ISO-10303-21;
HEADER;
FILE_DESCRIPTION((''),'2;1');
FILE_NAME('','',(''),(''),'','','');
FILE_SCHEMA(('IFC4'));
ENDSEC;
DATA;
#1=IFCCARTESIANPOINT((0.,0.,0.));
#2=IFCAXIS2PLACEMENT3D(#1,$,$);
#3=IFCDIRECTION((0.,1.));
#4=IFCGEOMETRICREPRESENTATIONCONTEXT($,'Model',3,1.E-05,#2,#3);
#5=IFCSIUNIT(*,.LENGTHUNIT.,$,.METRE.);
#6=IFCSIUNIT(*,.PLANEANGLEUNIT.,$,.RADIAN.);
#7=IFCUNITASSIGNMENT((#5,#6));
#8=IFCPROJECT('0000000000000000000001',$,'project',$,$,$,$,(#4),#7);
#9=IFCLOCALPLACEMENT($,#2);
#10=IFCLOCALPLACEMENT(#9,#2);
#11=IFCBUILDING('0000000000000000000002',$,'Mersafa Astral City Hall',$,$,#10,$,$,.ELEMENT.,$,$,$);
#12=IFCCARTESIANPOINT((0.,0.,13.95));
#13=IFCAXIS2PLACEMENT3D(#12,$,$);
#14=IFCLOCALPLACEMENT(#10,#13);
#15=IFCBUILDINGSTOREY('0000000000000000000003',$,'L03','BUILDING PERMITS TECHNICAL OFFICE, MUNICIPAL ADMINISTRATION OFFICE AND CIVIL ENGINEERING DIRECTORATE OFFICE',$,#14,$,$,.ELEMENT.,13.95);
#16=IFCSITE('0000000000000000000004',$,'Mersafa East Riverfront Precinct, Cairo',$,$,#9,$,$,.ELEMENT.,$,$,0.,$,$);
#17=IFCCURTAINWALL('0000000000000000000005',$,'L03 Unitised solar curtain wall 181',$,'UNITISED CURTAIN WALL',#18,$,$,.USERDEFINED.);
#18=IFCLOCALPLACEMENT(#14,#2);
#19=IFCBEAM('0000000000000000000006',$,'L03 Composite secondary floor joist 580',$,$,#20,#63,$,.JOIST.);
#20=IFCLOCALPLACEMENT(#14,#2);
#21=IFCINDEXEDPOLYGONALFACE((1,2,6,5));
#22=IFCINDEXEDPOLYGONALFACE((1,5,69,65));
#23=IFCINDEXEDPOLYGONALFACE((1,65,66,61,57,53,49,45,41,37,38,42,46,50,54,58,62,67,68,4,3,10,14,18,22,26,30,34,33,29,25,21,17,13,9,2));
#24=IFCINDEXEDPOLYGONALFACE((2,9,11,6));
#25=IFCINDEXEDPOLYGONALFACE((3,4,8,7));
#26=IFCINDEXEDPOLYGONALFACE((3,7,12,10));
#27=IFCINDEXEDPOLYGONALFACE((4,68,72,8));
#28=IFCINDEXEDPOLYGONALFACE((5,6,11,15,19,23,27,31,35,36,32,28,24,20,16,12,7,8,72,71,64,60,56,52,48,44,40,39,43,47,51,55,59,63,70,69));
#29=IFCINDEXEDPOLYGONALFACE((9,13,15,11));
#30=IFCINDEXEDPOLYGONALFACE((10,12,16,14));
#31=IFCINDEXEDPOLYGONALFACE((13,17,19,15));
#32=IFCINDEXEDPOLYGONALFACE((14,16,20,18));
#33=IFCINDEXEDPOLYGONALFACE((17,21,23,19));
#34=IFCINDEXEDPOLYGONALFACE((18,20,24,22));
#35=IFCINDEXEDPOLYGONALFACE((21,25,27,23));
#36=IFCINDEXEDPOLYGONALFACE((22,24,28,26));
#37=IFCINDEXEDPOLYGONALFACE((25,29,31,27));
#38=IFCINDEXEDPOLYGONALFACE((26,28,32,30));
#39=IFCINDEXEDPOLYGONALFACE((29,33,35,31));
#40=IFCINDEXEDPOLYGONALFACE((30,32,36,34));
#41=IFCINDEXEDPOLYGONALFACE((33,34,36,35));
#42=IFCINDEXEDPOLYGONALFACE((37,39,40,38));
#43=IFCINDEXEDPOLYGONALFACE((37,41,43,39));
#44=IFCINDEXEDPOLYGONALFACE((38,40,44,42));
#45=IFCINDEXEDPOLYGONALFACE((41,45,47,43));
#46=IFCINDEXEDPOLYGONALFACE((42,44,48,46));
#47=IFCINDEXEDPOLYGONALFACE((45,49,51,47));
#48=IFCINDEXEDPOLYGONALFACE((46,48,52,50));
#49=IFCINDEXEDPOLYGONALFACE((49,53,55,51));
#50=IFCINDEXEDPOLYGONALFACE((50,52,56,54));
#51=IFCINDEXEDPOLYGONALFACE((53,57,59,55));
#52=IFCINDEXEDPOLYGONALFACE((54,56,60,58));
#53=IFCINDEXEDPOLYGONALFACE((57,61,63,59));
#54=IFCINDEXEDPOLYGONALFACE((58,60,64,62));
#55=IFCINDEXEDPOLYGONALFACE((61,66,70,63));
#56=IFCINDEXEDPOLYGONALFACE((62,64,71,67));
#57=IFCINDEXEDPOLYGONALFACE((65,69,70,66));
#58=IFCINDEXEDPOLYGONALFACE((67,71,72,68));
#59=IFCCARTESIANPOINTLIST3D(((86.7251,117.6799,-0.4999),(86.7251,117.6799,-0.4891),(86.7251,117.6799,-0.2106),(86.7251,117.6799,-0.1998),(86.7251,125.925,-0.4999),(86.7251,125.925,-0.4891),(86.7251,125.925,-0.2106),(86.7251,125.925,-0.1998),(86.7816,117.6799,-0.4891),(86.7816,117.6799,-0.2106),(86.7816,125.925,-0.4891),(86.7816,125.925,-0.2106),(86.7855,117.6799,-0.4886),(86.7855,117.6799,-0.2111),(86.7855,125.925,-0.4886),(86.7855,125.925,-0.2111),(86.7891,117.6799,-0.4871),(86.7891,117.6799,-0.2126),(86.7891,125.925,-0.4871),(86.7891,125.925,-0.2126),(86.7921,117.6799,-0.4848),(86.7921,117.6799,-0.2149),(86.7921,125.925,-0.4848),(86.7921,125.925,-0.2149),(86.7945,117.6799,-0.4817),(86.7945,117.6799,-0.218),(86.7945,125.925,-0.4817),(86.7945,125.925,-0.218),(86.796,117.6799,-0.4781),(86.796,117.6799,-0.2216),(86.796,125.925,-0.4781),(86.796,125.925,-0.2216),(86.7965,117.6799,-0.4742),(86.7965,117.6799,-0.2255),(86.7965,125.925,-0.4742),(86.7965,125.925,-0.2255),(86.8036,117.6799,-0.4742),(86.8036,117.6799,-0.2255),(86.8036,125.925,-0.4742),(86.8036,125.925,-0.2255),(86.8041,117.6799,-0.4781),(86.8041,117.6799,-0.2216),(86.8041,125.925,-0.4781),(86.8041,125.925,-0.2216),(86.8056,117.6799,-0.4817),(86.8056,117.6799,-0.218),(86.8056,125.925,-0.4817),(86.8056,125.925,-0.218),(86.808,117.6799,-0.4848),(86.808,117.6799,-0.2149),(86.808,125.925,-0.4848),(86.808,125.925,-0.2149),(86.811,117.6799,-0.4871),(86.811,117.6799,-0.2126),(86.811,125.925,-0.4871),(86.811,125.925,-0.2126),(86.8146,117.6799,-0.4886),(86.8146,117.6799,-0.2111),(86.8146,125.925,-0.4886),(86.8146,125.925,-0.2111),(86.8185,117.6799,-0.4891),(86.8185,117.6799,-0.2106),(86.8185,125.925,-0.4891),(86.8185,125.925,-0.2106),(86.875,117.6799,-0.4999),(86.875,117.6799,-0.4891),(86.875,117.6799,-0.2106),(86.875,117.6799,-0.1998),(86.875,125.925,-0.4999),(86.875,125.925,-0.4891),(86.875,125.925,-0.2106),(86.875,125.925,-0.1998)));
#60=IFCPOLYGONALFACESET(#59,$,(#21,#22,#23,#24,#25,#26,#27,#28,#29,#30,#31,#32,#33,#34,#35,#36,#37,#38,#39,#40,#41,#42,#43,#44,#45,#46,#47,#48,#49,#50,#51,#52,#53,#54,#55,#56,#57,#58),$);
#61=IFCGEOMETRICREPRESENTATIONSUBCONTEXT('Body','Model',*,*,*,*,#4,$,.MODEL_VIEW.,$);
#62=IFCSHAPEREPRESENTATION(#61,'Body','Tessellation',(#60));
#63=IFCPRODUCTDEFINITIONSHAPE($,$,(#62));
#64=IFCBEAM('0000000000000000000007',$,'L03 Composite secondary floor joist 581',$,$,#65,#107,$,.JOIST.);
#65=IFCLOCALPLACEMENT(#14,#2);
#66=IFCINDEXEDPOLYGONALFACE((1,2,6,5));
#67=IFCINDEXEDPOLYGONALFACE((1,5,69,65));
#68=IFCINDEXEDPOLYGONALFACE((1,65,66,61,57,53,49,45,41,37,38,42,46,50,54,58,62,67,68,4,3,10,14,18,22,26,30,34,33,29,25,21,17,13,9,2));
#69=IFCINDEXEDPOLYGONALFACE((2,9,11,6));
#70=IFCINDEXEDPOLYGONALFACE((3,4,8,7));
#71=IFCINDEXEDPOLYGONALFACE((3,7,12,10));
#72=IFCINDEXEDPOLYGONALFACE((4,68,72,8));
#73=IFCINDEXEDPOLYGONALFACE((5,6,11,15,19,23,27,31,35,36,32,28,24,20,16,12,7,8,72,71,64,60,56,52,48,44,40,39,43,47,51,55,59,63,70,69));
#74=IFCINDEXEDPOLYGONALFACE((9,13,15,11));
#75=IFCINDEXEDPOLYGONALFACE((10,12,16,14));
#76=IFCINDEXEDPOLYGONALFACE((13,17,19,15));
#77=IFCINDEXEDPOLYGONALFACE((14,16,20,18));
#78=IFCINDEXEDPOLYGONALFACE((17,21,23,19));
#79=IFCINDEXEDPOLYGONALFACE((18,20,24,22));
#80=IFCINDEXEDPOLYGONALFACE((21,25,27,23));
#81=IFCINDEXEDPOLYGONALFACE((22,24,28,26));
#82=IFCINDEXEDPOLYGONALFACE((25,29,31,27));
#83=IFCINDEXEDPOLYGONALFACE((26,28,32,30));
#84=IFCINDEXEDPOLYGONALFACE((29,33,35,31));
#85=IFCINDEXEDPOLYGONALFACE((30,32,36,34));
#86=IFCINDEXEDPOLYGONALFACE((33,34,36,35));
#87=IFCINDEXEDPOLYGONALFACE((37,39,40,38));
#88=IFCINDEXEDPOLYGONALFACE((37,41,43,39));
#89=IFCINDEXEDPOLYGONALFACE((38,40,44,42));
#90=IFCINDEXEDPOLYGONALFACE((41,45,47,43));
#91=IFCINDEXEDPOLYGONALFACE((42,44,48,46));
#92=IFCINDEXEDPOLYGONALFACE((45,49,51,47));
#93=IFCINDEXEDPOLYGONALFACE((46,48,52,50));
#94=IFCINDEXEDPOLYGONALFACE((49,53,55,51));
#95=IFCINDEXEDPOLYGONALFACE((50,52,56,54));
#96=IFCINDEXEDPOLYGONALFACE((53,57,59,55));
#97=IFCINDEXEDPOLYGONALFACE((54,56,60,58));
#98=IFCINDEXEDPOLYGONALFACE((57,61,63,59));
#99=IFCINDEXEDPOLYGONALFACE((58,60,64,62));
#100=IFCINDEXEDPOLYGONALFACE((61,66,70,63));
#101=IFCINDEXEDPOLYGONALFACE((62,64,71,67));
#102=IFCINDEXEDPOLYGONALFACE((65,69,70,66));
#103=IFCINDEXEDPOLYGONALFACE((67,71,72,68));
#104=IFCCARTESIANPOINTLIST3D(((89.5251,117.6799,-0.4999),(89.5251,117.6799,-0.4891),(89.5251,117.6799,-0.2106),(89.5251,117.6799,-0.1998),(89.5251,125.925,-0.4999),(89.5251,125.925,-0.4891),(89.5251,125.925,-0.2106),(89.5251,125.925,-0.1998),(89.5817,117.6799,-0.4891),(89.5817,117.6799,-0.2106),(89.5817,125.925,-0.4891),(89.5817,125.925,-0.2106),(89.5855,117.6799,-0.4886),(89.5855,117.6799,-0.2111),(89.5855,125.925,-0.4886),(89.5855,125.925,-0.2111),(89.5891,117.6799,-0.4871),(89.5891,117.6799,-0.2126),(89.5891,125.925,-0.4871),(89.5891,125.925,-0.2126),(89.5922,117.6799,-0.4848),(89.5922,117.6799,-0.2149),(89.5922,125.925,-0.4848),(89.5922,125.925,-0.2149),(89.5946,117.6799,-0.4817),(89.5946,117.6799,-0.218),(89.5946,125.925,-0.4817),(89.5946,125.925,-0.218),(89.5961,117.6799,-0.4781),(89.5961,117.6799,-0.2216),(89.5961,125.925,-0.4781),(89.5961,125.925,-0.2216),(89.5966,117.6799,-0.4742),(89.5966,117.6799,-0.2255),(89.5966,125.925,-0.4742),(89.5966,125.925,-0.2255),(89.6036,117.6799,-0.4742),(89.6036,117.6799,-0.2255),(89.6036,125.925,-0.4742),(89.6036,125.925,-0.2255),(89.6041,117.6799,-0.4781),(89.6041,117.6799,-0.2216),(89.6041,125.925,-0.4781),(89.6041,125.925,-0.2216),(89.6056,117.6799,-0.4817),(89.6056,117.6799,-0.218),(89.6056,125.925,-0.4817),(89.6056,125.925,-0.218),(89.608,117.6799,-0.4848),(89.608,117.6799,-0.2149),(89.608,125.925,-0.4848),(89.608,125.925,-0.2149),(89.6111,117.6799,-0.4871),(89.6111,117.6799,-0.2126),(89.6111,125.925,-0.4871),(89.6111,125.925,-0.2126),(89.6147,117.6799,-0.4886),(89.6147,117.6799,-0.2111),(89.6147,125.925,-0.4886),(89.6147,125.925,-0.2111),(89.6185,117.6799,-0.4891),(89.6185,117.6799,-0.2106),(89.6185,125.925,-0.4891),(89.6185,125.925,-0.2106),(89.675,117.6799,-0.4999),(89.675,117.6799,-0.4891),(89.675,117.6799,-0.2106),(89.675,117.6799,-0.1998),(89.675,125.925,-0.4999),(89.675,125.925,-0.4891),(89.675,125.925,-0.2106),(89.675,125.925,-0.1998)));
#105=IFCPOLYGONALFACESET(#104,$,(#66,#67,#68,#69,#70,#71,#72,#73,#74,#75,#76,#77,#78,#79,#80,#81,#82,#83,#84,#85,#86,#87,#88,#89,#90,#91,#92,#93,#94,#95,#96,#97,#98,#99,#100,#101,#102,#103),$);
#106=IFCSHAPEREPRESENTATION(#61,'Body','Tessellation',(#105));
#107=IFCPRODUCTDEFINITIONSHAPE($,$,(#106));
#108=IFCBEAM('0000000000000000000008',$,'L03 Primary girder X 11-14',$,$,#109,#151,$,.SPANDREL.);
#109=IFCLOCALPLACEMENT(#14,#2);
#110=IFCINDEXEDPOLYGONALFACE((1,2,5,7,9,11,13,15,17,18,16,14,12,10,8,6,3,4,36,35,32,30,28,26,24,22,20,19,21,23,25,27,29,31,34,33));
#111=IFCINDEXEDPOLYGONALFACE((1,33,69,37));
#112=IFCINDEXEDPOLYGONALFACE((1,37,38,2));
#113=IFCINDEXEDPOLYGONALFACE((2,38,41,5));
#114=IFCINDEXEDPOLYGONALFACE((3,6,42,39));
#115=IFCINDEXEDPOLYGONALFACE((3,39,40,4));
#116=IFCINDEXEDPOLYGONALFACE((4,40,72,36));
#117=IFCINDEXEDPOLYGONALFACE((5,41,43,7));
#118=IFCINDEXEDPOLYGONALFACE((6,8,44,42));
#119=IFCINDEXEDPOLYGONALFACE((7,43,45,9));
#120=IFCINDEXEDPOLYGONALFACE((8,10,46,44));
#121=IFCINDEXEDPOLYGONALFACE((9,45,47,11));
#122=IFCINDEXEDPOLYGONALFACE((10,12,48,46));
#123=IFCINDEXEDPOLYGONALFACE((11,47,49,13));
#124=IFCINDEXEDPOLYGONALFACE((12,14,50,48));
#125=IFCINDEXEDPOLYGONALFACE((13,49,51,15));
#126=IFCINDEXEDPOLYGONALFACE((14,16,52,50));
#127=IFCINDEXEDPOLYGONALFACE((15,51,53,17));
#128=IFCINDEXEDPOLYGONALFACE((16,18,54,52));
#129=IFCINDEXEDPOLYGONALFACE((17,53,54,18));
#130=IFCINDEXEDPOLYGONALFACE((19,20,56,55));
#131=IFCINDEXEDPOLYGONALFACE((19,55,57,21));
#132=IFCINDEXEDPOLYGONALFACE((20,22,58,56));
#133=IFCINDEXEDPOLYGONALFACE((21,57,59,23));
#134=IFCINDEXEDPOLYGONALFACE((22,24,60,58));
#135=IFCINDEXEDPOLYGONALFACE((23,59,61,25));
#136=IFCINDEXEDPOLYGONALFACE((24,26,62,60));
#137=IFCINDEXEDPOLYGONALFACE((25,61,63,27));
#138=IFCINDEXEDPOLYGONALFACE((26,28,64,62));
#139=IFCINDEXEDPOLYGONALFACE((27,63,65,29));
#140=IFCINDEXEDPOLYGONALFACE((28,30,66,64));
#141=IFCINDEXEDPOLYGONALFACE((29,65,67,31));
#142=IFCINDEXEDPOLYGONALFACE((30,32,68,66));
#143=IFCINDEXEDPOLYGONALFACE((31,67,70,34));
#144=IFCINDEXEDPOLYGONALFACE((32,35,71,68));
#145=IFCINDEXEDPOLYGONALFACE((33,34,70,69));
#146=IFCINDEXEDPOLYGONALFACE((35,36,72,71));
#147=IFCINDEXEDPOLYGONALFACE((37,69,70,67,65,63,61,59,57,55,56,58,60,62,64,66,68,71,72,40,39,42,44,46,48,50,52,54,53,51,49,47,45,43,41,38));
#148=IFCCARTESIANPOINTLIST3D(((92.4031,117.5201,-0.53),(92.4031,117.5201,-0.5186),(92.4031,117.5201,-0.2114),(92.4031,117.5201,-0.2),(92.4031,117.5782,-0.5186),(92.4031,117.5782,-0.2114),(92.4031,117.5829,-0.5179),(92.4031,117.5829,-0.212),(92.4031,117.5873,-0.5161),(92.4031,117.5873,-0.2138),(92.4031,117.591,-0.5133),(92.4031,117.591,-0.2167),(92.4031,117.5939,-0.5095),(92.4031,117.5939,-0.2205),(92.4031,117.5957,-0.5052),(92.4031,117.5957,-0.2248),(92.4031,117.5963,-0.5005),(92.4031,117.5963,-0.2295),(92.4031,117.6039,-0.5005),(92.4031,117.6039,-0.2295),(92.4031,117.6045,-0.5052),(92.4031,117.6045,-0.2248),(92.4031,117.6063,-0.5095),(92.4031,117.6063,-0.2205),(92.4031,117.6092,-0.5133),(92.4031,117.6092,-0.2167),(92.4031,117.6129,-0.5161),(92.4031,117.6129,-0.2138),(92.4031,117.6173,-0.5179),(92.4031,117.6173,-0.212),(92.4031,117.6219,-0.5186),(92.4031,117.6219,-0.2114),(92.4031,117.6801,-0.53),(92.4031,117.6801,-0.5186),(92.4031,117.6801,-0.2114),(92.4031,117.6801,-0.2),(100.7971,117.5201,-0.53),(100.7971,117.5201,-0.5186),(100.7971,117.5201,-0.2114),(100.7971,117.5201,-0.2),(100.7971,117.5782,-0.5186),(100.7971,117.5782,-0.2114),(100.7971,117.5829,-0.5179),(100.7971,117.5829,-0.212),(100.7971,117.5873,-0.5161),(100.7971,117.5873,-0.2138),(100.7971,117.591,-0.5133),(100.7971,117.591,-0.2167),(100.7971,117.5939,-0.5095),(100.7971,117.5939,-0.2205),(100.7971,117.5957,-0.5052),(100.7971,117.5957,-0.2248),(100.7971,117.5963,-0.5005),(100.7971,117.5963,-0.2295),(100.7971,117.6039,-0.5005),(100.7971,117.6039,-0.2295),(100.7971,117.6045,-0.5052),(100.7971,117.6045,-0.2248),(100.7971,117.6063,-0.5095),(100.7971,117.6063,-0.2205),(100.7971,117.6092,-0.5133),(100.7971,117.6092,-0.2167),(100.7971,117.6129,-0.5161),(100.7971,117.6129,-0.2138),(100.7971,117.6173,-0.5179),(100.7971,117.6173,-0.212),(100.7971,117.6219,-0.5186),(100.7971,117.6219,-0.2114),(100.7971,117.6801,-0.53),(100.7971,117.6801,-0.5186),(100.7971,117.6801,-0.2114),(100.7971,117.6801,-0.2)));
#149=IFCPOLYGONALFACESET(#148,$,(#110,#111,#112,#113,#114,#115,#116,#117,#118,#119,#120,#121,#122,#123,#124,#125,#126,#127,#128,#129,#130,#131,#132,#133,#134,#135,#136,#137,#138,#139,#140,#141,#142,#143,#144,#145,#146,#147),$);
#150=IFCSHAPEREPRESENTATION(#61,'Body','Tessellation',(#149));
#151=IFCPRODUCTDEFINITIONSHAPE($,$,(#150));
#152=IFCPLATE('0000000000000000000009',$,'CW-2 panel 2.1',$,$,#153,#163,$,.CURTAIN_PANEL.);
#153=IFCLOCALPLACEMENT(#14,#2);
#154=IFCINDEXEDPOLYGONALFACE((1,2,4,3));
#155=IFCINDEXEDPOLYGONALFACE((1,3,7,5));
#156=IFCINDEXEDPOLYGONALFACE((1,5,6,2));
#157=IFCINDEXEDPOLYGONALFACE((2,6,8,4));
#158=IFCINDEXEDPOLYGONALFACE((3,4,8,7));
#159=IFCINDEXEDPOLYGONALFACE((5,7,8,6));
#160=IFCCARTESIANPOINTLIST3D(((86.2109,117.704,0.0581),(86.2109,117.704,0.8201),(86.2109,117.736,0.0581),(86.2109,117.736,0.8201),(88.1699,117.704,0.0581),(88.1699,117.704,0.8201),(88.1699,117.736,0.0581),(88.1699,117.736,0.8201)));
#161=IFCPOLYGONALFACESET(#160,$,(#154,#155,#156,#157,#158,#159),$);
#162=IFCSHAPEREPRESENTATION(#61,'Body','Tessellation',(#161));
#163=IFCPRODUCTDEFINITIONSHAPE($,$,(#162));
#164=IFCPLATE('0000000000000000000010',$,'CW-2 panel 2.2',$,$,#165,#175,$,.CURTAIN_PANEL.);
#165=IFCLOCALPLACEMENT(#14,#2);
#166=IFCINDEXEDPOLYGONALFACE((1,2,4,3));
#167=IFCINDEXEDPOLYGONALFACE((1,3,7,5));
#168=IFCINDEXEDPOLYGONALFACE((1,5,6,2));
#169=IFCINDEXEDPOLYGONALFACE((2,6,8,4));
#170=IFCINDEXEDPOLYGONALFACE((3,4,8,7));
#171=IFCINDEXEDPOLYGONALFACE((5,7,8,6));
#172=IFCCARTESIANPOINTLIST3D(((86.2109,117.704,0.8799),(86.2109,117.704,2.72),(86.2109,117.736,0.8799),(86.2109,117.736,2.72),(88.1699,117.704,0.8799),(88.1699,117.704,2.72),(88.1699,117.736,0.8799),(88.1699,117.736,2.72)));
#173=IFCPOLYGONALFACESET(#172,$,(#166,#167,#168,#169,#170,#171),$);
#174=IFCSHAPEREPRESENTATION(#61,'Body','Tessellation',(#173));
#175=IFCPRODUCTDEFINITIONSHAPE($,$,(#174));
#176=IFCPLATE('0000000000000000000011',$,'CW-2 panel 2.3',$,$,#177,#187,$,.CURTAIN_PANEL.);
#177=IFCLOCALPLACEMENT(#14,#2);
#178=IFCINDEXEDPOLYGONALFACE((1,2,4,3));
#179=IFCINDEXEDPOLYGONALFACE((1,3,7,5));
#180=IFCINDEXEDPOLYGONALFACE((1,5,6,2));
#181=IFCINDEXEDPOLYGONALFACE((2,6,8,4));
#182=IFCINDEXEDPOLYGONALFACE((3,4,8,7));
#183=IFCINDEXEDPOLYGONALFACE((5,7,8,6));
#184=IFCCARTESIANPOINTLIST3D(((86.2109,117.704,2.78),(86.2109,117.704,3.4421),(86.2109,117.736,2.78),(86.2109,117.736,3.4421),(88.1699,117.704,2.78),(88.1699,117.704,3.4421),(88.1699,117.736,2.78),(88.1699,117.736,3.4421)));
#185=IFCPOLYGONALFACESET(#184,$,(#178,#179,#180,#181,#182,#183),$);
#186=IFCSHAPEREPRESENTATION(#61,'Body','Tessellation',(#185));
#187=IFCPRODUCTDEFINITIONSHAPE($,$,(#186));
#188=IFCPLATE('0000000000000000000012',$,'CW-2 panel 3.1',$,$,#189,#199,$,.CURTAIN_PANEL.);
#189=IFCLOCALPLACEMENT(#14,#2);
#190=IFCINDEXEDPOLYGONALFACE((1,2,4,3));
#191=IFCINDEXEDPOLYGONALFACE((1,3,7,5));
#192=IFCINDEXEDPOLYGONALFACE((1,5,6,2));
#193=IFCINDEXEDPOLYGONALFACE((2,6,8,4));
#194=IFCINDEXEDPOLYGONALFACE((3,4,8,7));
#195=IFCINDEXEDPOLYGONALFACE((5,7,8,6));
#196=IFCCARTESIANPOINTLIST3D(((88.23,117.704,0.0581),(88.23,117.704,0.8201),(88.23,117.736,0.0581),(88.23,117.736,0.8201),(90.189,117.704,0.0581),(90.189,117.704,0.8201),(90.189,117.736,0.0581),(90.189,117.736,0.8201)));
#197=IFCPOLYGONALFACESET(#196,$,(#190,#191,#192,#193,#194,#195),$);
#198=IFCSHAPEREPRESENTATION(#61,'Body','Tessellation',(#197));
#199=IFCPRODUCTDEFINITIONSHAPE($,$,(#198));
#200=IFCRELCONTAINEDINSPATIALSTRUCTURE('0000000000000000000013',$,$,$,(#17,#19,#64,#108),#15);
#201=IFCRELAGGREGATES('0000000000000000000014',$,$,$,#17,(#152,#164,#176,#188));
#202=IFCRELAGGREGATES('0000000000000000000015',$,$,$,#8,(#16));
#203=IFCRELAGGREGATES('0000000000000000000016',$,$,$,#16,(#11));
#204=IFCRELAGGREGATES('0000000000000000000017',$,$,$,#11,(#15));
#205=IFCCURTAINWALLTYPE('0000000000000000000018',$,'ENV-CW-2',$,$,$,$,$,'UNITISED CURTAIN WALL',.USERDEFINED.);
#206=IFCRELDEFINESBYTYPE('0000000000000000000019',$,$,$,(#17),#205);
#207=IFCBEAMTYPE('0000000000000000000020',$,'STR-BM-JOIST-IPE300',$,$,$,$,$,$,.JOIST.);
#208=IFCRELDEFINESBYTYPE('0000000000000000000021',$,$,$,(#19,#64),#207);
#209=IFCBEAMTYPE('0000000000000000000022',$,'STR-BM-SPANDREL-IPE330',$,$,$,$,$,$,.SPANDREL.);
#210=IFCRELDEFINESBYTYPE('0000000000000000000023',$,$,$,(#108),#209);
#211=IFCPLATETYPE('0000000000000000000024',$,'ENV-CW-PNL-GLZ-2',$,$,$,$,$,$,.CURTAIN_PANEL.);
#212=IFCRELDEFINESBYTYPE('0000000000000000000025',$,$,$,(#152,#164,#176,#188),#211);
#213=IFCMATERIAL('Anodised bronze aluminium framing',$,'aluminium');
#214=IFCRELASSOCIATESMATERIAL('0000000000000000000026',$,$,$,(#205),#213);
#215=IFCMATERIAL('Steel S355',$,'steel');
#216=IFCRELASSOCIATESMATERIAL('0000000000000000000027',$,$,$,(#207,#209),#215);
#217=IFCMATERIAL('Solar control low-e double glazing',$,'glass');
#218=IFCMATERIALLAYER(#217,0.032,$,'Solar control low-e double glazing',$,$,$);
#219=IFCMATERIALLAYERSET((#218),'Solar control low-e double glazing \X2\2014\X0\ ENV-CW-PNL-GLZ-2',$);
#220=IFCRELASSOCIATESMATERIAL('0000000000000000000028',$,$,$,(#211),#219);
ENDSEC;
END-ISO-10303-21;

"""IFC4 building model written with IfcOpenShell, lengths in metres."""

from ifc_helpers import new_model, si_unit, direction, frame, origin, origin_2d, place, context, subcontext, project, spatial, rectangle, i_section, extrude, material, layer, layer_set, material_profile, profile_set, type_object, element, aggregate, save


model = new_model("IFC4")

# Units and contexts
model_context = context("Model", 3, precision=1e-05, world=origin(), true_north=direction((0.0, 1.0)))
body_context = subcontext(model_context, "Body", "Model", "MODEL_VIEW")
ifc_project = project(units=[si_unit("LENGTHUNIT", "METRE"), si_unit("PLANEANGLEUNIT", "RADIAN")], contexts=[model_context])

# Site, building, storey
site_placement = place(None, origin())
site = spatial("IfcSite", under=ifc_project, at=site_placement, Name="Mersafa East Riverfront Precinct, Cairo", CompositionType="ELEMENT", RefElevation=0.0)
building_placement = place(site_placement, origin())
building = spatial("IfcBuilding", under=site, at=building_placement, Name="Mersafa Astral City Hall", CompositionType="ELEMENT")
storey_placement = place(building_placement, frame((0.0, 0.0, 13.95)))
storey = spatial("IfcBuildingStorey", under=building, at=storey_placement, Name="L03", Description="BUILDING PERMITS TECHNICAL OFFICE, MUNICIPAL ADMINISTRATION OFFICE AND CIVIL ENGINEERING DIRECTORATE OFFICE", CompositionType="ELEMENT", Elevation=13.95)

# Shared definitions
ifc_material_1 = material(Name="Steel S355", Category="steel")

# Curtain wall
ifc_material_2 = material(Name="Anodised bronze aluminium framing", Category="aluminium")
curtain_wall_type = type_object("IfcCurtainWallType", Name="ENV-CW-2", ElementType="UNITISED CURTAIN WALL", PredefinedType="USERDEFINED", material=ifc_material_2)
curtain_wall_placement = place(storey_placement, origin())
curtain_wall = element("IfcCurtainWall", 1, at=curtain_wall_placement, inside=storey, type_object=curtain_wall_type, Name="L03 Unitised solar curtain wall 181", ObjectType="UNITISED CURTAIN WALL", PredefinedType="USERDEFINED")

# Beams
ifc_material_profile_1 = material_profile(ifc_material_1, i_section(OverallWidth=0.1499, OverallDepth=0.3, WebThickness=0.0071, FlangeThickness=0.0107, FilletRadius=0.0149, at=origin_2d()), Name="IPE 300")
ifc_profile_set_1 = profile_set([ifc_material_profile_1], Name="Steel S355")
beam_type_1 = type_object("IfcBeamType", Name="STR-BM-JOIST-IPE300", PredefinedType="JOIST", material=ifc_profile_set_1)
for number, where, z_axis, x_axis, name in (
    (2, (86.8, 117.6799, -0.3499), (0.0, 1.0, 0.0), (-1.0, 0.0, 0.0), "L03 Composite secondary floor joist 580"),
    (3, (89.6001, 117.6799, -0.3499), (0.0, 1.0, 0.0), (-1.0, 0.0, 0.0), "L03 Composite secondary floor joist 581"),
):
    element("IfcBeam", number, at=place(storey_placement, frame(where, z_axis=z_axis, x_axis=x_axis)), inside=storey, type_object=beam_type_1, Name=name, PredefinedType="JOIST", context=body_context, shape_type="SweptSolid", body=[
        extrude(i_section(OverallWidth=0.1499, OverallDepth=0.3, WebThickness=0.0071, FlangeThickness=0.0107, FilletRadius=0.0149, at=origin_2d()), origin(), (0.0, 0.0, 1.0), 8.2451),
    ])
ifc_material_profile_2 = material_profile(ifc_material_1, i_section(OverallWidth=0.1599, OverallDepth=0.3301, WebThickness=0.0076, FlangeThickness=0.0115, FilletRadius=0.0181, at=origin_2d()), Name="IPE 330")
ifc_profile_set_2 = profile_set([ifc_material_profile_2], Name="Steel S355")
beam_type_2 = type_object("IfcBeamType", Name="STR-BM-SPANDREL-IPE330", PredefinedType="SPANDREL", material=ifc_profile_set_2)
beam_placement = place(storey_placement, frame((92.4031, 117.6001, -0.365), z_axis=(1.0, 0.0, 0.0), x_axis=(0.0, 1.0, 0.0)))
element("IfcBeam", 4, at=beam_placement, inside=storey, type_object=beam_type_2, Name="L03 Primary girder X 11-14", PredefinedType="SPANDREL", context=body_context, shape_type="SweptSolid", body=[
    extrude(i_section(OverallWidth=0.1599, OverallDepth=0.3301, WebThickness=0.0076, FlangeThickness=0.0115, FilletRadius=0.0181, at=origin_2d()), origin(), (0.0, 0.0, 1.0), 8.394),
])

# Plates
ifc_material_3 = material(Name="Solar control low-e double glazing", Category="glass")
ifc_layer_1 = layer(ifc_material_3, 0.032, Name="Solar control low-e double glazing")
ifc_layer_set_1 = layer_set([ifc_layer_1], Name="Solar control low-e double glazing — ENV-CW-PNL-GLZ-2")
plate_type = type_object("IfcPlateType", Name="ENV-CW-PNL-GLZ-2", PredefinedType="CURTAIN_PANEL", material=ifc_layer_set_1)
plate_1_placement = place(storey_placement, frame((87.1904, 117.72, 0.0581), z_axis=(0.0, 0.0, 1.0), x_axis=(1.0, 0.0, 0.0)))
plate_1 = element("IfcPlate", 5, at=plate_1_placement, type_object=plate_type, Name="CW-2 panel 2.1", PredefinedType="CURTAIN_PANEL", context=body_context, shape_type="SweptSolid", body=[
    extrude(rectangle(XDim=1.959, YDim=0.032, at=origin_2d()), origin(), (0.0, 0.0, 1.0), 0.762),
])
plate_2_placement = place(storey_placement, frame((87.1904, 117.72, 0.8799), z_axis=(0.0, 0.0, 1.0), x_axis=(1.0, 0.0, 0.0)))
plate_2 = element("IfcPlate", 6, at=plate_2_placement, type_object=plate_type, Name="CW-2 panel 2.2", PredefinedType="CURTAIN_PANEL", context=body_context, shape_type="SweptSolid", body=[
    extrude(rectangle(XDim=1.959, YDim=0.032, at=origin_2d()), origin(), (0.0, 0.0, 1.0), 1.8401),
])
plate_3_placement = place(storey_placement, frame((87.1904, 117.72, 2.78), z_axis=(0.0, 0.0, 1.0), x_axis=(1.0, 0.0, 0.0)))
plate_3 = element("IfcPlate", 7, at=plate_3_placement, type_object=plate_type, Name="CW-2 panel 2.3", PredefinedType="CURTAIN_PANEL", context=body_context, shape_type="SweptSolid", body=[
    extrude(rectangle(XDim=1.959, YDim=0.032, at=origin_2d()), origin(), (0.0, 0.0, 1.0), 0.6621),
])
plate_4_placement = place(storey_placement, frame((89.2095, 117.72, 0.0581), z_axis=(0.0, 0.0, 1.0), x_axis=(1.0, 0.0, 0.0)))
plate_4 = element("IfcPlate", 8, at=plate_4_placement, type_object=plate_type, Name="CW-2 panel 3.1", PredefinedType="CURTAIN_PANEL", context=body_context, shape_type="SweptSolid", body=[
    extrude(rectangle(XDim=1.959, YDim=0.032, at=origin_2d()), origin(), (0.0, 0.0, 1.0), 0.762),
])
aggregate(curtain_wall, [plate_1, plate_2, plate_3, plate_4])

save(model, "model.ifc")
